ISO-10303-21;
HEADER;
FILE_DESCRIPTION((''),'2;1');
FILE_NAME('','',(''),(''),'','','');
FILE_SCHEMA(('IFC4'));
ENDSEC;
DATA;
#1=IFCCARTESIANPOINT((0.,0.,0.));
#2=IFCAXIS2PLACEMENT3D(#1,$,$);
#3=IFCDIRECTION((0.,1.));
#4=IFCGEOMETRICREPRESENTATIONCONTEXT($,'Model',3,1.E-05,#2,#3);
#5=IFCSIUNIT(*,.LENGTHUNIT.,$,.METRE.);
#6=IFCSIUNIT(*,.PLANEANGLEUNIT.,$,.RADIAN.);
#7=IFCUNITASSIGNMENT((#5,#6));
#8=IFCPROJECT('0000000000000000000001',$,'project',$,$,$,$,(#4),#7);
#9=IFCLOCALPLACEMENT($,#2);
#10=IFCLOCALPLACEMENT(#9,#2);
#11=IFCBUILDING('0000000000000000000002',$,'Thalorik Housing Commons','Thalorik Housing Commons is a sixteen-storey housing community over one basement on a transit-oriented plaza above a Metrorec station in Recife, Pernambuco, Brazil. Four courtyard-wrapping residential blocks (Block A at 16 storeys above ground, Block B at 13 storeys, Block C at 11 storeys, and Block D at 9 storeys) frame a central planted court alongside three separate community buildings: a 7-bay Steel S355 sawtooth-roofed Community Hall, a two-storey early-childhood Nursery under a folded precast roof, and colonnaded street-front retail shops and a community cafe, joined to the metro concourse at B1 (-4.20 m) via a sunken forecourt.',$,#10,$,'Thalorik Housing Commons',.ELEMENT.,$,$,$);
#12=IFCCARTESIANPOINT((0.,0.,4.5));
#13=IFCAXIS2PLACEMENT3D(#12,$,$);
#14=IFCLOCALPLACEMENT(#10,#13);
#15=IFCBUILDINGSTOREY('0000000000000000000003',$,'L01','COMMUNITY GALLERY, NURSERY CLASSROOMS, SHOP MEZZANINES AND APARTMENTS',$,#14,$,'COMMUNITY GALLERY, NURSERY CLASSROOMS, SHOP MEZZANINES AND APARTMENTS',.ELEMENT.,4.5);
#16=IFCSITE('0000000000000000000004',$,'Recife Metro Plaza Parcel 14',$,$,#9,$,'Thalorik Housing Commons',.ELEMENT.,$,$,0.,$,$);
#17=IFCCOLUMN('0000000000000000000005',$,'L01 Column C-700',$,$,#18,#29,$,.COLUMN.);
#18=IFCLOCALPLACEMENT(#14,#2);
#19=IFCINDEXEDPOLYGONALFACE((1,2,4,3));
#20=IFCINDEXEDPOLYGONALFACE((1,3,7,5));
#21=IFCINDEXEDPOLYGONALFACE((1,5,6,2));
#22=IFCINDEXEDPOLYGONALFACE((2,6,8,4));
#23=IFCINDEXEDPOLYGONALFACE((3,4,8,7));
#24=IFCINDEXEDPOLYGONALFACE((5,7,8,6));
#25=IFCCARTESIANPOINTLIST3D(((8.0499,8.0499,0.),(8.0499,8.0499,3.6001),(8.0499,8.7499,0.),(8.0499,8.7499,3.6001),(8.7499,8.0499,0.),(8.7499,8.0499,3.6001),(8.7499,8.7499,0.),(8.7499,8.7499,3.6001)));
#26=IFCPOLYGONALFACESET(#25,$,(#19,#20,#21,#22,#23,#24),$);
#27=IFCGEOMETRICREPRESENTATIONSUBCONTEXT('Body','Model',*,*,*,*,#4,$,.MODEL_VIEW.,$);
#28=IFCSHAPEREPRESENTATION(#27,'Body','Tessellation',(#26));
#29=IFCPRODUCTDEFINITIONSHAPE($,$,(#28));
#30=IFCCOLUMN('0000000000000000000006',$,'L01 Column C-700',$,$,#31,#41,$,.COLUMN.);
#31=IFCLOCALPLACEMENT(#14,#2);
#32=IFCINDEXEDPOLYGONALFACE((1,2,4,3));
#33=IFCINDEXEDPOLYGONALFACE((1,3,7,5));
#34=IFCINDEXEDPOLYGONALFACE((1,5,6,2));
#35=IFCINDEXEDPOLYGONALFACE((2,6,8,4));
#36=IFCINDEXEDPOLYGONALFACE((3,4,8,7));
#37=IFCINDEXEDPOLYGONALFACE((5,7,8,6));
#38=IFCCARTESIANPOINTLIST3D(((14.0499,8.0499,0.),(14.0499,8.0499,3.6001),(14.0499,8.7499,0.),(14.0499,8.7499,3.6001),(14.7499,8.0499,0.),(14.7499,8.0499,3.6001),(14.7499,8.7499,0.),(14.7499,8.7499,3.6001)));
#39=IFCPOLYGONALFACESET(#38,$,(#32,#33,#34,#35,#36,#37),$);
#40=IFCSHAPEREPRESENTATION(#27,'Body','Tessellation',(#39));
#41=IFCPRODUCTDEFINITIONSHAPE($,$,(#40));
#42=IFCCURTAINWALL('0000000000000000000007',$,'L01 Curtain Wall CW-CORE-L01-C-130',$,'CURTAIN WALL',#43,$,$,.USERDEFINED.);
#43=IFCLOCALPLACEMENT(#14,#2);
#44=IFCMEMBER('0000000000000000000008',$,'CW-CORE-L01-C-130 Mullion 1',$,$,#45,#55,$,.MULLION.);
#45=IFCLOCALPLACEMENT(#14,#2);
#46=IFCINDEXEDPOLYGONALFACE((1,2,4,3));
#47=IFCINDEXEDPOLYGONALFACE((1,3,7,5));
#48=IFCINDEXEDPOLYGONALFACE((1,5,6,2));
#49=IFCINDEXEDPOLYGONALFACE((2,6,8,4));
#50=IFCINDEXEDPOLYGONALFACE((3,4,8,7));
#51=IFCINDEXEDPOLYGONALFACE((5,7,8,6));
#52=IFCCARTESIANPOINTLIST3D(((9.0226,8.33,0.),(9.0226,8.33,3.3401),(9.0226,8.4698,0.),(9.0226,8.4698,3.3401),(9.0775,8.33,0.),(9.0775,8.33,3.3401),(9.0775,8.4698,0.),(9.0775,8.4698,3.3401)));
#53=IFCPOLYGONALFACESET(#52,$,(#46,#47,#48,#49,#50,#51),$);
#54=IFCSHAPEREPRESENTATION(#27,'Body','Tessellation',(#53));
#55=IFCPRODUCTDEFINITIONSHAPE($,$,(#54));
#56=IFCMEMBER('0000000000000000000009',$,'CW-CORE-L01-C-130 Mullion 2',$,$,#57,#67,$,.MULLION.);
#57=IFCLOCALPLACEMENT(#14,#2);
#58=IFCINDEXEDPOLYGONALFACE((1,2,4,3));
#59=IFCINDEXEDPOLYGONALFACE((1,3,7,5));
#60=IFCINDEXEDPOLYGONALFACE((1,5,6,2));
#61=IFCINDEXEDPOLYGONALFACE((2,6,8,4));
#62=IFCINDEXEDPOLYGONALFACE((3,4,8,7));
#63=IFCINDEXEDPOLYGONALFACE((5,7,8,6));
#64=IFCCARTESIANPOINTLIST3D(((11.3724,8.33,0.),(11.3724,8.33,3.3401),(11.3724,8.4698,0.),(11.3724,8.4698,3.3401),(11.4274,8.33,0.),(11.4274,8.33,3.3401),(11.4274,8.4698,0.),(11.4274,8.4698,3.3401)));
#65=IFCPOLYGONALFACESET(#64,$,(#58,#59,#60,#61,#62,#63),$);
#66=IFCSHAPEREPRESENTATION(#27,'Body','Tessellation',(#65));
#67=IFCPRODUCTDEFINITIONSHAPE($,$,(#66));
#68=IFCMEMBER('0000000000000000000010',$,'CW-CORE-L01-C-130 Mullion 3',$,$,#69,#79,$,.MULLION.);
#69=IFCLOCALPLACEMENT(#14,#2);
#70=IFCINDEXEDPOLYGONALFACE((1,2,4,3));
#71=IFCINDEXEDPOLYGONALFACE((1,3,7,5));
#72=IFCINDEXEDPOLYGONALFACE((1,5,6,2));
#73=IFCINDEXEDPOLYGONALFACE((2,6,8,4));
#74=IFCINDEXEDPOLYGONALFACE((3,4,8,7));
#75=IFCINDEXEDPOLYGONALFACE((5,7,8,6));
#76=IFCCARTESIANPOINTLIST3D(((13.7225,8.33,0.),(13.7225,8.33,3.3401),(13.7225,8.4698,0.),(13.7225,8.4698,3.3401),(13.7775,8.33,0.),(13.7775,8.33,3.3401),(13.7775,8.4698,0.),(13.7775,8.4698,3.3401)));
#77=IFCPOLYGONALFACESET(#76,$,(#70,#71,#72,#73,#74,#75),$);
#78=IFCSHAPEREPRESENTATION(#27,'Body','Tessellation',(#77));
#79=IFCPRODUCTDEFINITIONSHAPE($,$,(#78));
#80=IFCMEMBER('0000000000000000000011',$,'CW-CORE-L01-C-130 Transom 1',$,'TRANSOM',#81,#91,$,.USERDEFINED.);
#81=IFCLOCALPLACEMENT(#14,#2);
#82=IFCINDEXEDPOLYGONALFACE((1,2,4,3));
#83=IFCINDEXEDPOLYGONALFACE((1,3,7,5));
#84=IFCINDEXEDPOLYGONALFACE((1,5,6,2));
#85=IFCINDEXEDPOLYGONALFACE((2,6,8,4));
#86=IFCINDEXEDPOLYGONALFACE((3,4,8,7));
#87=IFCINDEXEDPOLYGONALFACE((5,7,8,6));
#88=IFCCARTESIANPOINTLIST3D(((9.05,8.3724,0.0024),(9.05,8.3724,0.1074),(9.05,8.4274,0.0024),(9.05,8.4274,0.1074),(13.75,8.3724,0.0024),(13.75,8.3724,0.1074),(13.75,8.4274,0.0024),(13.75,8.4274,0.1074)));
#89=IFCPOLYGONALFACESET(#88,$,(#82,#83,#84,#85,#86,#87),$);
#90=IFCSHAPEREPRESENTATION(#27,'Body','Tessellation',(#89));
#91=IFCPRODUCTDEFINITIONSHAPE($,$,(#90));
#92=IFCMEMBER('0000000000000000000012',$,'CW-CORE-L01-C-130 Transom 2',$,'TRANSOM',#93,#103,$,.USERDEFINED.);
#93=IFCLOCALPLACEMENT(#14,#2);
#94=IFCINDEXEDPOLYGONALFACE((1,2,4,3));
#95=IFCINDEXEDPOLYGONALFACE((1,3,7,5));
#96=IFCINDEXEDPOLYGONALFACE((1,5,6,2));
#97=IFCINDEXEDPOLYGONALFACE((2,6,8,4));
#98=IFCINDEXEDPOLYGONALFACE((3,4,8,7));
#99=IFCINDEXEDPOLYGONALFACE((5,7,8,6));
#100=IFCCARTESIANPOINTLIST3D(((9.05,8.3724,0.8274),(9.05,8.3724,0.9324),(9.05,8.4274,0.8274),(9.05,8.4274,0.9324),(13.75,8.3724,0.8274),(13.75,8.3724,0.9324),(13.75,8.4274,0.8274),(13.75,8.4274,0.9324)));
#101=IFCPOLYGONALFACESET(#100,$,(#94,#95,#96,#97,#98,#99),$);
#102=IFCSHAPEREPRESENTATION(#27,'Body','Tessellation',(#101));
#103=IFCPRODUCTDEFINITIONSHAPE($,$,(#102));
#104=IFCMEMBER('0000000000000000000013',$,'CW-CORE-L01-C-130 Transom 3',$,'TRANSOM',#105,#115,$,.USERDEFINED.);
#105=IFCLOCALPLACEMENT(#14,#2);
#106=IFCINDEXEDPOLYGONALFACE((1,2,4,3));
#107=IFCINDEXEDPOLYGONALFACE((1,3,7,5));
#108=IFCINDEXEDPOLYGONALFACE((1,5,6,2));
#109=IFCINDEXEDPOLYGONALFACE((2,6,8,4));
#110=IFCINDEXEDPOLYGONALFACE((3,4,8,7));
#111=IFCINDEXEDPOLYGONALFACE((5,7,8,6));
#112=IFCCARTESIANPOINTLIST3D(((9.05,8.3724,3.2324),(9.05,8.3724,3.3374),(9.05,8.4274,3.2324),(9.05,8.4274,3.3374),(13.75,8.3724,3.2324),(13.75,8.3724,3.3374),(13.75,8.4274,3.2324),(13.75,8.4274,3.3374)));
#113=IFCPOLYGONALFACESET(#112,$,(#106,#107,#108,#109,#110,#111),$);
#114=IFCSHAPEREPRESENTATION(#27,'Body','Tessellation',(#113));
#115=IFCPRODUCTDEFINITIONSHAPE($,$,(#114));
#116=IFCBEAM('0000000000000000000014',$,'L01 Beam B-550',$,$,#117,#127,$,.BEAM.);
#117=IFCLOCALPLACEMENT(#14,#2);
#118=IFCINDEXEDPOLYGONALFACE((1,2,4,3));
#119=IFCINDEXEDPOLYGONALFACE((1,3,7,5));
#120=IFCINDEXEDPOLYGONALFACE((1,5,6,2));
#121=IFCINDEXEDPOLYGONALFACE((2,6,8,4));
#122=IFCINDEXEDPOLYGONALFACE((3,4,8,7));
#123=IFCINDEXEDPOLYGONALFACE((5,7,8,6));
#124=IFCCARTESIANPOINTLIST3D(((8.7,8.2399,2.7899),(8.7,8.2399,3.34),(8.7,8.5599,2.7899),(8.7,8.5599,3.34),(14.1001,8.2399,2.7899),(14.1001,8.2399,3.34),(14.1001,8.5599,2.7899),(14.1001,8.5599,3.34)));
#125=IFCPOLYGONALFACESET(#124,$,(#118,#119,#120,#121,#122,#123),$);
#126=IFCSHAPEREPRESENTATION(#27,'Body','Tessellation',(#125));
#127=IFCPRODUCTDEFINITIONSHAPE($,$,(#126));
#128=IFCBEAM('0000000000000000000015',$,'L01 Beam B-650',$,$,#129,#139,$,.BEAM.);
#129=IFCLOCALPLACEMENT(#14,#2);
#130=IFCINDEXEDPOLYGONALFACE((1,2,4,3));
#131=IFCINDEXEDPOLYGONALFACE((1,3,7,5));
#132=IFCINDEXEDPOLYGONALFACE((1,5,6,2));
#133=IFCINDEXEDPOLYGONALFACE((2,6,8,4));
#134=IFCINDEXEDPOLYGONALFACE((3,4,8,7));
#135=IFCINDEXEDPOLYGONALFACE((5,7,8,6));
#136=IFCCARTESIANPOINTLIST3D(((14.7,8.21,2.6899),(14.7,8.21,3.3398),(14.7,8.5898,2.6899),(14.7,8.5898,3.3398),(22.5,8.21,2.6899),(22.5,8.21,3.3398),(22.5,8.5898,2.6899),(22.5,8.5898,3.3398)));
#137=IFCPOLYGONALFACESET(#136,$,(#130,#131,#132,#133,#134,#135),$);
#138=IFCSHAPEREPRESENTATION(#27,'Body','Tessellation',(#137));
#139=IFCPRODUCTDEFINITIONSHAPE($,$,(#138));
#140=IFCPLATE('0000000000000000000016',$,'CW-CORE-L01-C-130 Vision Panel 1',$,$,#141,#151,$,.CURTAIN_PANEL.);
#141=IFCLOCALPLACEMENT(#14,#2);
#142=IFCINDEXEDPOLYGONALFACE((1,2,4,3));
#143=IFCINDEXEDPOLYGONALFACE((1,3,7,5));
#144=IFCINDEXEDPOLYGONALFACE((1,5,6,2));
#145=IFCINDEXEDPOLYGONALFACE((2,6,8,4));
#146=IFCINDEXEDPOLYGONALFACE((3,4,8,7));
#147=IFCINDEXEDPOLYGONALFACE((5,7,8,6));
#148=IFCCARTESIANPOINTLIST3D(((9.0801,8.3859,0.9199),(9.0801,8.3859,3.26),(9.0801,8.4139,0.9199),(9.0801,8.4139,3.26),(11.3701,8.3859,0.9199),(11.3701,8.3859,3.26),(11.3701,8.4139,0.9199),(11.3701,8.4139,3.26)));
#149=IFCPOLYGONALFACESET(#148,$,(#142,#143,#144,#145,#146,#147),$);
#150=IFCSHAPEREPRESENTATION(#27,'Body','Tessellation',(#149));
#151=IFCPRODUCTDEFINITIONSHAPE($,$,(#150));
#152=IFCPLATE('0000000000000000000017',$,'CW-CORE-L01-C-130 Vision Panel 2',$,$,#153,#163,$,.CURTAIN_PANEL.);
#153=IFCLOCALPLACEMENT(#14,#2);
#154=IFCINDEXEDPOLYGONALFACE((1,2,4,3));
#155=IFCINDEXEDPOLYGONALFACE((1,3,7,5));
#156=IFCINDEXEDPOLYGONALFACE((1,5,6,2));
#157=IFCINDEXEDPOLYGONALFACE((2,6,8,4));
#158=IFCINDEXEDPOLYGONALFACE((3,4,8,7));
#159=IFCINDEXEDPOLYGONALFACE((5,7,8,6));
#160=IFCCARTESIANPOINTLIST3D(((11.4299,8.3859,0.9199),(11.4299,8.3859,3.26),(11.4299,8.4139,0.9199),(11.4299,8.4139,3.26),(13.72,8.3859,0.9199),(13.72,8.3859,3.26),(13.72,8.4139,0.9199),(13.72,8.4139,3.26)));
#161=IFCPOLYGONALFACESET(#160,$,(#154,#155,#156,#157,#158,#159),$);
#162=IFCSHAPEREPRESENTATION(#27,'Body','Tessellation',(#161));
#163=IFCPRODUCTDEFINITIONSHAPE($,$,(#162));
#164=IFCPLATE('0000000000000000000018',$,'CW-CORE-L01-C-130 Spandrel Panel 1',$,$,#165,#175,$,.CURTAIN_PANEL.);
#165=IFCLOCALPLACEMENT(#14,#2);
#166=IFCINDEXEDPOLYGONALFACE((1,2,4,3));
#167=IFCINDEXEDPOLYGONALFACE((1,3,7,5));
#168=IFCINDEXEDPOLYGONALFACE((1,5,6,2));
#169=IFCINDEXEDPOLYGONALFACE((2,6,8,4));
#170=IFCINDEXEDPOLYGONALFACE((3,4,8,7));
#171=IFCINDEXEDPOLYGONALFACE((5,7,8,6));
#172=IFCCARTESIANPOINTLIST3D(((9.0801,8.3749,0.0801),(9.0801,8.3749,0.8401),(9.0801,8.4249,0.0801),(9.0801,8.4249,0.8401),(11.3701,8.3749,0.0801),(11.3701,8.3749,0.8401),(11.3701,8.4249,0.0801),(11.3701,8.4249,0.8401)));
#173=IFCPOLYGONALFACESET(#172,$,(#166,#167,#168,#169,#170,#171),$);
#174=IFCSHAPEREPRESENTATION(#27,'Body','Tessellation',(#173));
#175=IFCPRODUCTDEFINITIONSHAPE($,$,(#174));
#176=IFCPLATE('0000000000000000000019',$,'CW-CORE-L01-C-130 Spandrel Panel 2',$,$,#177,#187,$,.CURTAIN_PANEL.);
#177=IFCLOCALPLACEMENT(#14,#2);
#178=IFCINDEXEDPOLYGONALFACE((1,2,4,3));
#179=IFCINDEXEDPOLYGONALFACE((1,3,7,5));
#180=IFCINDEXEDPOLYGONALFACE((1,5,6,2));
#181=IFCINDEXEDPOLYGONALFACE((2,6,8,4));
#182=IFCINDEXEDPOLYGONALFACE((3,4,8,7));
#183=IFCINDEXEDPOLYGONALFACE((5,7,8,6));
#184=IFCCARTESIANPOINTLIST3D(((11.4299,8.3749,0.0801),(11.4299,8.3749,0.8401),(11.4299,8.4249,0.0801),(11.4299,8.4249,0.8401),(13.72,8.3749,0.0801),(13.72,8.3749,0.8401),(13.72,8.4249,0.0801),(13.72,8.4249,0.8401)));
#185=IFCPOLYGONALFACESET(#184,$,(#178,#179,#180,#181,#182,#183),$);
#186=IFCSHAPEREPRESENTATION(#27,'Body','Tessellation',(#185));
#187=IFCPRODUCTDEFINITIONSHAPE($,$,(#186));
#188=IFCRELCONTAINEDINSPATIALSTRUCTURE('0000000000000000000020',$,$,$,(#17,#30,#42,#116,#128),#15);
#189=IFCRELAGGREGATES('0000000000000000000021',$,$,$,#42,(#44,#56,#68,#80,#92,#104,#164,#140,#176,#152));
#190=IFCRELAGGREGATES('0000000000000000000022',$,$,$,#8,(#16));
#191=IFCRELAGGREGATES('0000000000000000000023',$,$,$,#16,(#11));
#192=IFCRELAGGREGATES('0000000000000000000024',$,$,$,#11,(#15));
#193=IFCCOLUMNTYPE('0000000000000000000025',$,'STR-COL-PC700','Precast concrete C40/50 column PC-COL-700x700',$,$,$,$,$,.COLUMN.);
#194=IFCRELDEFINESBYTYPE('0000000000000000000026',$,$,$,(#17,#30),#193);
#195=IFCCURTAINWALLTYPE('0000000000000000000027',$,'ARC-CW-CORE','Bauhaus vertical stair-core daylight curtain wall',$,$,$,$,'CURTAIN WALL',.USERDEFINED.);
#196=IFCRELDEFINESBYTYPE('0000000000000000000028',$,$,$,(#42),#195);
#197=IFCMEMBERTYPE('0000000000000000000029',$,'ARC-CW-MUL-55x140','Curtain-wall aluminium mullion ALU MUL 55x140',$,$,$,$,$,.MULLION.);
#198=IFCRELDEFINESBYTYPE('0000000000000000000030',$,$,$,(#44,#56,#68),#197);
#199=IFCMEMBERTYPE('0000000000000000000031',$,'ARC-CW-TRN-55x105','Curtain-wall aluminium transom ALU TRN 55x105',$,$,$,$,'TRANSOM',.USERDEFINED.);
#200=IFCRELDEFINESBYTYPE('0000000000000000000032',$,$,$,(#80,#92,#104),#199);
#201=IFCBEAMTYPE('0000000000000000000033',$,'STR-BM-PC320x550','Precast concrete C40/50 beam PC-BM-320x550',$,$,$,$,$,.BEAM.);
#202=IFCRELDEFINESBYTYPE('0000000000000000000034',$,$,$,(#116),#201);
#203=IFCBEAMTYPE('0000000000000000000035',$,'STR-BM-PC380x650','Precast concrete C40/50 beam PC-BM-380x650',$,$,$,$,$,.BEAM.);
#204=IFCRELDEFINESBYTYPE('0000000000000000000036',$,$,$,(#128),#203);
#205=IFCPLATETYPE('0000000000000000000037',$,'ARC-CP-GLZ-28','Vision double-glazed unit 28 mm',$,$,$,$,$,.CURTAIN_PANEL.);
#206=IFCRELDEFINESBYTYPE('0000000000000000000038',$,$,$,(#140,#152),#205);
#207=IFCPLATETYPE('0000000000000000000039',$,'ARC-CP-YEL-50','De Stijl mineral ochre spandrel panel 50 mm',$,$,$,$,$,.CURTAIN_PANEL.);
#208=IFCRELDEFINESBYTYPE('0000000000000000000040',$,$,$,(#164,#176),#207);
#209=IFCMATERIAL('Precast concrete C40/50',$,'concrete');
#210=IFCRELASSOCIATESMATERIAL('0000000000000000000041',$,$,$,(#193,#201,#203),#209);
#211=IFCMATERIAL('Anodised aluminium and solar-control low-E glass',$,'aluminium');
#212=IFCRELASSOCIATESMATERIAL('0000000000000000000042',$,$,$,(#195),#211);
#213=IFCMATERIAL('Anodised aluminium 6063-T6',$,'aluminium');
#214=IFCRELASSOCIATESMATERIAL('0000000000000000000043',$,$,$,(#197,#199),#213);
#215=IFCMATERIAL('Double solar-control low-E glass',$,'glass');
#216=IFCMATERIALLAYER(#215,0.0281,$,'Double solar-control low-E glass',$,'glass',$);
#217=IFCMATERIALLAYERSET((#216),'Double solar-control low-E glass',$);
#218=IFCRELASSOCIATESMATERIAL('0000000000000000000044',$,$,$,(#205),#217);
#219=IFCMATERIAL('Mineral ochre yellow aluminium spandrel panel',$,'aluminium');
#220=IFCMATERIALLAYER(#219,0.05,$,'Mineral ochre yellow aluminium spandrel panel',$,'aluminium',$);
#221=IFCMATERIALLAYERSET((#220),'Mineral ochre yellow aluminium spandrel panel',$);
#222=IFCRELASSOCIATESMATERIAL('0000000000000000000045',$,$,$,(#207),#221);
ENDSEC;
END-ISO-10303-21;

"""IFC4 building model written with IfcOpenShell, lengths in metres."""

from ifc_helpers import new_model, si_unit, direction, frame, origin, origin_2d, place, context, subcontext, project, spatial, rectangle, extrude, material, layer, layer_set, material_profile, profile_set, type_object, element, aggregate, save


model = new_model("IFC4")

# Units and contexts
model_context = context("Model", 3, precision=1e-05, world=origin(), true_north=direction((0.0, 1.0)))
body_context = subcontext(model_context, "Body", "Model", "MODEL_VIEW")
ifc_project = project(units=[si_unit("LENGTHUNIT", "METRE"), si_unit("PLANEANGLEUNIT", "RADIAN")], contexts=[model_context])

# Site, building, storey
site_placement = place(None, origin())
site = spatial("IfcSite", under=ifc_project, at=site_placement, Name="Recife Metro Plaza Parcel 14", LongName="Thalorik Housing Commons", CompositionType="ELEMENT", RefElevation=0.0)
building_placement = place(site_placement, origin())
building = spatial("IfcBuilding", under=site, at=building_placement, Name="Thalorik Housing Commons", Description="Thalorik Housing Commons is a sixteen-storey housing community over one basement on a transit-oriented plaza above a Metrorec station in Recife, Pernambuco, Brazil. Four courtyard-wrapping residential blocks (Block A at 16 storeys above ground, Block B at 13 storeys, Block C at 11 storeys, and Block D at 9 storeys) frame a central planted court alongside three separate community buildings: a 7-bay Steel S355 sawtooth-roofed Community Hall, a two-storey early-childhood Nursery under a folded precast roof, and colonnaded street-front retail shops and a community cafe, joined to the metro concourse at B1 (-4.20 m) via a sunken forecourt.", LongName="Thalorik Housing Commons", CompositionType="ELEMENT")
storey_placement = place(building_placement, frame((0.0, 0.0, 4.5)))
storey = spatial("IfcBuildingStorey", under=building, at=storey_placement, Name="L01", Description="COMMUNITY GALLERY, NURSERY CLASSROOMS, SHOP MEZZANINES AND APARTMENTS", LongName="COMMUNITY GALLERY, NURSERY CLASSROOMS, SHOP MEZZANINES AND APARTMENTS", CompositionType="ELEMENT", Elevation=4.5)

# Columns
ifc_material_1 = material(Name="Precast concrete C40/50", Category="concrete")
ifc_material_profile_1 = material_profile(ifc_material_1, rectangle(XDim=0.7, YDim=0.7, at=origin_2d()), Name="PC 700x700", Category="concrete")
ifc_profile_set_1 = profile_set([ifc_material_profile_1], Name="Precast concrete C40/50")
column_type = type_object("IfcColumnType", Name="STR-COL-PC700", Description="Precast concrete C40/50 column PC-COL-700x700", PredefinedType="COLUMN", material=ifc_profile_set_1)
for number, where, z_axis, x_axis, name in (
    (1, (8.3999, 8.3999, 0.0), (0.0, 0.0, 1.0), (1.0, 0.0, 0.0), "L01 Column C-700"),
    (2, (14.3999, 8.3999, 0.0), (0.0, 0.0, 1.0), (1.0, 0.0, 0.0), "L01 Column C-700"),
):
    element("IfcColumn", number, at=place(storey_placement, frame(where, z_axis=z_axis, x_axis=x_axis)), inside=storey, type_object=column_type, Name=name, PredefinedType="COLUMN", context=body_context, shape_type="SweptSolid", body=[
        extrude(rectangle(XDim=0.7, YDim=0.7, at=origin_2d()), origin(), (0.0, 0.0, 1.0), 3.6001),
    ])

# Curtain wall, members
ifc_material_2 = material(Name="Anodised aluminium and solar-control low-E glass", Category="aluminium")
curtain_wall_type = type_object("IfcCurtainWallType", Name="ARC-CW-CORE", Description="Bauhaus vertical stair-core daylight curtain wall", ElementType="CURTAIN WALL", PredefinedType="USERDEFINED", material=ifc_material_2)
curtain_wall_placement = place(storey_placement, origin())
curtain_wall = element("IfcCurtainWall", 3, at=curtain_wall_placement, inside=storey, type_object=curtain_wall_type, Name="L01 Curtain Wall CW-CORE-L01-C-130", ObjectType="CURTAIN WALL", PredefinedType="USERDEFINED")
ifc_material_3 = material(Name="Anodised aluminium 6063-T6", Category="aluminium")
ifc_material_profile_2 = material_profile(ifc_material_3, rectangle(XDim=0.0549, YDim=0.1399, at=origin_2d()), Name="ALU MUL 55x140", Category="aluminium")
ifc_profile_set_2 = profile_set([ifc_material_profile_2], Name="Anodised aluminium 6063-T6")
member_type_1 = type_object("IfcMemberType", Name="ARC-CW-MUL-55x140", Description="Curtain-wall aluminium mullion ALU MUL 55x140", PredefinedType="MULLION", material=ifc_profile_set_2)
member_1_placement = place(storey_placement, frame((9.05, 8.3999, 0.0), z_axis=(0.0, 0.0, 1.0), x_axis=(1.0, 0.0, 0.0)))
member_1 = element("IfcMember", 4, at=member_1_placement, type_object=member_type_1, Name="CW-CORE-L01-C-130 Mullion 1", PredefinedType="MULLION", context=body_context, shape_type="SweptSolid", body=[
    extrude(rectangle(XDim=0.0549, YDim=0.1399, at=origin_2d()), origin(), (0.0, 0.0, 1.0), 3.3401),
])
member_2_placement = place(storey_placement, frame((11.3999, 8.3999, 0.0), z_axis=(0.0, 0.0, 1.0), x_axis=(1.0, 0.0, 0.0)))
member_2 = element("IfcMember", 5, at=member_2_placement, type_object=member_type_1, Name="CW-CORE-L01-C-130 Mullion 2", PredefinedType="MULLION", context=body_context, shape_type="SweptSolid", body=[
    extrude(rectangle(XDim=0.0549, YDim=0.1399, at=origin_2d()), origin(), (0.0, 0.0, 1.0), 3.3401),
])
member_3_placement = place(storey_placement, frame((13.75, 8.3999, 0.0), z_axis=(0.0, 0.0, 1.0), x_axis=(1.0, 0.0, 0.0)))
member_3 = element("IfcMember", 6, at=member_3_placement, type_object=member_type_1, Name="CW-CORE-L01-C-130 Mullion 3", PredefinedType="MULLION", context=body_context, shape_type="SweptSolid", body=[
    extrude(rectangle(XDim=0.0549, YDim=0.1399, at=origin_2d()), origin(), (0.0, 0.0, 1.0), 3.3401),
])
ifc_material_profile_3 = material_profile(ifc_material_3, rectangle(XDim=0.0549, YDim=0.105, at=origin_2d()), Name="ALU TRN 55x105", Category="aluminium")
ifc_profile_set_3 = profile_set([ifc_material_profile_3], Name="Anodised aluminium 6063-T6")
member_type_2 = type_object("IfcMemberType", Name="ARC-CW-TRN-55x105", Description="Curtain-wall aluminium transom ALU TRN 55x105", ElementType="TRANSOM", PredefinedType="USERDEFINED", material=ifc_profile_set_3)
member_4_placement = place(storey_placement, frame((9.05, 8.3999, 0.0549), z_axis=(1.0, 0.0, 0.0), x_axis=(0.0, 1.0, 0.0)))
member_4 = element("IfcMember", 7, at=member_4_placement, type_object=member_type_2, Name="CW-CORE-L01-C-130 Transom 1", ObjectType="TRANSOM", PredefinedType="USERDEFINED", context=body_context, shape_type="SweptSolid", body=[
    extrude(rectangle(XDim=0.0549, YDim=0.105, at=origin_2d()), origin(), (0.0, 0.0, 1.0), 4.7),
])
member_5_placement = place(storey_placement, frame((9.05, 8.3999, 0.8799), z_axis=(1.0, 0.0, 0.0), x_axis=(0.0, 1.0, 0.0)))
member_5 = element("IfcMember", 8, at=member_5_placement, type_object=member_type_2, Name="CW-CORE-L01-C-130 Transom 2", ObjectType="TRANSOM", PredefinedType="USERDEFINED", context=body_context, shape_type="SweptSolid", body=[
    extrude(rectangle(XDim=0.0549, YDim=0.105, at=origin_2d()), origin(), (0.0, 0.0, 1.0), 4.7),
])
member_6_placement = place(storey_placement, frame((9.05, 8.3999, 3.2849), z_axis=(1.0, 0.0, 0.0), x_axis=(0.0, 1.0, 0.0)))
member_6 = element("IfcMember", 9, at=member_6_placement, type_object=member_type_2, Name="CW-CORE-L01-C-130 Transom 3", ObjectType="TRANSOM", PredefinedType="USERDEFINED", context=body_context, shape_type="SweptSolid", body=[
    extrude(rectangle(XDim=0.0549, YDim=0.105, at=origin_2d()), origin(), (0.0, 0.0, 1.0), 4.7),
])

# Beams
ifc_material_profile_4 = material_profile(ifc_material_1, rectangle(XDim=0.3201, YDim=0.55, at=origin_2d()), Name="PC 320x550", Category="concrete")
ifc_profile_set_4 = profile_set([ifc_material_profile_4], Name="Precast concrete C40/50")
beam_type_1 = type_object("IfcBeamType", Name="STR-BM-PC320x550", Description="Precast concrete C40/50 beam PC-BM-320x550", PredefinedType="BEAM", material=ifc_profile_set_4)
beam_1_placement = place(storey_placement, frame((8.7, 8.3999, 3.0649), z_axis=(1.0, 0.0, 0.0), x_axis=(0.0, 1.0, 0.0)))
element("IfcBeam", 10, at=beam_1_placement, inside=storey, type_object=beam_type_1, Name="L01 Beam B-550", PredefinedType="BEAM", context=body_context, shape_type="SweptSolid", body=[
    extrude(rectangle(XDim=0.3201, YDim=0.55, at=origin_2d()), origin(), (0.0, 0.0, 1.0), 5.4001),
])
ifc_material_profile_5 = material_profile(ifc_material_1, rectangle(XDim=0.3799, YDim=0.6499, at=origin_2d()), Name="PC 380x650", Category="concrete")
ifc_profile_set_5 = profile_set([ifc_material_profile_5], Name="Precast concrete C40/50")
beam_type_2 = type_object("IfcBeamType", Name="STR-BM-PC380x650", Description="Precast concrete C40/50 beam PC-BM-380x650", PredefinedType="BEAM", material=ifc_profile_set_5)
beam_2_placement = place(storey_placement, frame((14.7, 8.3999, 3.0149), z_axis=(1.0, 0.0, 0.0), x_axis=(0.0, 1.0, 0.0)))
element("IfcBeam", 11, at=beam_2_placement, inside=storey, type_object=beam_type_2, Name="L01 Beam B-650", PredefinedType="BEAM", context=body_context, shape_type="SweptSolid", body=[
    extrude(rectangle(XDim=0.3799, YDim=0.6499, at=origin_2d()), origin(), (0.0, 0.0, 1.0), 7.8),
])

# Plates
ifc_material_4 = material(Name="Double solar-control low-E glass", Category="glass")
ifc_layer_1 = layer(ifc_material_4, 0.0281, Name="Double solar-control low-E glass", Category="glass")
ifc_layer_set_1 = layer_set([ifc_layer_1], Name="Double solar-control low-E glass")
plate_type_1 = type_object("IfcPlateType", Name="ARC-CP-GLZ-28", Description="Vision double-glazed unit 28 mm", PredefinedType="CURTAIN_PANEL", material=ifc_layer_set_1)
plate_1_placement = place(storey_placement, frame((10.2251, 8.3999, 0.9199), z_axis=(0.0, 0.0, 1.0), x_axis=(1.0, 0.0, 0.0)))
plate_1 = element("IfcPlate", 12, at=plate_1_placement, type_object=plate_type_1, Name="CW-CORE-L01-C-130 Vision Panel 1", PredefinedType="CURTAIN_PANEL", context=body_context, shape_type="SweptSolid", body=[
    extrude(rectangle(XDim=2.29, YDim=0.0281, at=origin_2d()), origin(), (0.0, 0.0, 1.0), 2.3401),
])
plate_2_placement = place(storey_placement, frame((12.575, 8.3999, 0.9199), z_axis=(0.0, 0.0, 1.0), x_axis=(1.0, 0.0, 0.0)))
plate_2 = element("IfcPlate", 13, at=plate_2_placement, type_object=plate_type_1, Name="CW-CORE-L01-C-130 Vision Panel 2", PredefinedType="CURTAIN_PANEL", context=body_context, shape_type="SweptSolid", body=[
    extrude(rectangle(XDim=2.29, YDim=0.0281, at=origin_2d()), origin(), (0.0, 0.0, 1.0), 2.3401),
])
ifc_material_5 = material(Name="Mineral ochre yellow aluminium spandrel panel", Category="aluminium")
ifc_layer_2 = layer(ifc_material_5, 0.05, Name="Mineral ochre yellow aluminium spandrel panel", Category="aluminium")
ifc_layer_set_2 = layer_set([ifc_layer_2], Name="Mineral ochre yellow aluminium spandrel panel")
plate_type_2 = type_object("IfcPlateType", Name="ARC-CP-YEL-50", Description="De Stijl mineral ochre spandrel panel 50 mm", PredefinedType="CURTAIN_PANEL", material=ifc_layer_set_2)
plate_3_placement = place(storey_placement, frame((10.2251, 8.3999, 0.0801), z_axis=(0.0, 0.0, 1.0), x_axis=(1.0, 0.0, 0.0)))
plate_3 = element("IfcPlate", 14, at=plate_3_placement, type_object=plate_type_2, Name="CW-CORE-L01-C-130 Spandrel Panel 1", PredefinedType="CURTAIN_PANEL", context=body_context, shape_type="SweptSolid", body=[
    extrude(rectangle(XDim=2.29, YDim=0.05, at=origin_2d()), origin(), (0.0, 0.0, 1.0), 0.76),
])
plate_4_placement = place(storey_placement, frame((12.575, 8.3999, 0.0801), z_axis=(0.0, 0.0, 1.0), x_axis=(1.0, 0.0, 0.0)))
plate_4 = element("IfcPlate", 15, at=plate_4_placement, type_object=plate_type_2, Name="CW-CORE-L01-C-130 Spandrel Panel 2", PredefinedType="CURTAIN_PANEL", context=body_context, shape_type="SweptSolid", body=[
    extrude(rectangle(XDim=2.29, YDim=0.05, at=origin_2d()), origin(), (0.0, 0.0, 1.0), 0.76),
])
aggregate(curtain_wall, [member_1, member_2, member_3, member_4, member_5, member_6, plate_3, plate_1, plate_4, plate_2])

save(model, "model.ifc")
